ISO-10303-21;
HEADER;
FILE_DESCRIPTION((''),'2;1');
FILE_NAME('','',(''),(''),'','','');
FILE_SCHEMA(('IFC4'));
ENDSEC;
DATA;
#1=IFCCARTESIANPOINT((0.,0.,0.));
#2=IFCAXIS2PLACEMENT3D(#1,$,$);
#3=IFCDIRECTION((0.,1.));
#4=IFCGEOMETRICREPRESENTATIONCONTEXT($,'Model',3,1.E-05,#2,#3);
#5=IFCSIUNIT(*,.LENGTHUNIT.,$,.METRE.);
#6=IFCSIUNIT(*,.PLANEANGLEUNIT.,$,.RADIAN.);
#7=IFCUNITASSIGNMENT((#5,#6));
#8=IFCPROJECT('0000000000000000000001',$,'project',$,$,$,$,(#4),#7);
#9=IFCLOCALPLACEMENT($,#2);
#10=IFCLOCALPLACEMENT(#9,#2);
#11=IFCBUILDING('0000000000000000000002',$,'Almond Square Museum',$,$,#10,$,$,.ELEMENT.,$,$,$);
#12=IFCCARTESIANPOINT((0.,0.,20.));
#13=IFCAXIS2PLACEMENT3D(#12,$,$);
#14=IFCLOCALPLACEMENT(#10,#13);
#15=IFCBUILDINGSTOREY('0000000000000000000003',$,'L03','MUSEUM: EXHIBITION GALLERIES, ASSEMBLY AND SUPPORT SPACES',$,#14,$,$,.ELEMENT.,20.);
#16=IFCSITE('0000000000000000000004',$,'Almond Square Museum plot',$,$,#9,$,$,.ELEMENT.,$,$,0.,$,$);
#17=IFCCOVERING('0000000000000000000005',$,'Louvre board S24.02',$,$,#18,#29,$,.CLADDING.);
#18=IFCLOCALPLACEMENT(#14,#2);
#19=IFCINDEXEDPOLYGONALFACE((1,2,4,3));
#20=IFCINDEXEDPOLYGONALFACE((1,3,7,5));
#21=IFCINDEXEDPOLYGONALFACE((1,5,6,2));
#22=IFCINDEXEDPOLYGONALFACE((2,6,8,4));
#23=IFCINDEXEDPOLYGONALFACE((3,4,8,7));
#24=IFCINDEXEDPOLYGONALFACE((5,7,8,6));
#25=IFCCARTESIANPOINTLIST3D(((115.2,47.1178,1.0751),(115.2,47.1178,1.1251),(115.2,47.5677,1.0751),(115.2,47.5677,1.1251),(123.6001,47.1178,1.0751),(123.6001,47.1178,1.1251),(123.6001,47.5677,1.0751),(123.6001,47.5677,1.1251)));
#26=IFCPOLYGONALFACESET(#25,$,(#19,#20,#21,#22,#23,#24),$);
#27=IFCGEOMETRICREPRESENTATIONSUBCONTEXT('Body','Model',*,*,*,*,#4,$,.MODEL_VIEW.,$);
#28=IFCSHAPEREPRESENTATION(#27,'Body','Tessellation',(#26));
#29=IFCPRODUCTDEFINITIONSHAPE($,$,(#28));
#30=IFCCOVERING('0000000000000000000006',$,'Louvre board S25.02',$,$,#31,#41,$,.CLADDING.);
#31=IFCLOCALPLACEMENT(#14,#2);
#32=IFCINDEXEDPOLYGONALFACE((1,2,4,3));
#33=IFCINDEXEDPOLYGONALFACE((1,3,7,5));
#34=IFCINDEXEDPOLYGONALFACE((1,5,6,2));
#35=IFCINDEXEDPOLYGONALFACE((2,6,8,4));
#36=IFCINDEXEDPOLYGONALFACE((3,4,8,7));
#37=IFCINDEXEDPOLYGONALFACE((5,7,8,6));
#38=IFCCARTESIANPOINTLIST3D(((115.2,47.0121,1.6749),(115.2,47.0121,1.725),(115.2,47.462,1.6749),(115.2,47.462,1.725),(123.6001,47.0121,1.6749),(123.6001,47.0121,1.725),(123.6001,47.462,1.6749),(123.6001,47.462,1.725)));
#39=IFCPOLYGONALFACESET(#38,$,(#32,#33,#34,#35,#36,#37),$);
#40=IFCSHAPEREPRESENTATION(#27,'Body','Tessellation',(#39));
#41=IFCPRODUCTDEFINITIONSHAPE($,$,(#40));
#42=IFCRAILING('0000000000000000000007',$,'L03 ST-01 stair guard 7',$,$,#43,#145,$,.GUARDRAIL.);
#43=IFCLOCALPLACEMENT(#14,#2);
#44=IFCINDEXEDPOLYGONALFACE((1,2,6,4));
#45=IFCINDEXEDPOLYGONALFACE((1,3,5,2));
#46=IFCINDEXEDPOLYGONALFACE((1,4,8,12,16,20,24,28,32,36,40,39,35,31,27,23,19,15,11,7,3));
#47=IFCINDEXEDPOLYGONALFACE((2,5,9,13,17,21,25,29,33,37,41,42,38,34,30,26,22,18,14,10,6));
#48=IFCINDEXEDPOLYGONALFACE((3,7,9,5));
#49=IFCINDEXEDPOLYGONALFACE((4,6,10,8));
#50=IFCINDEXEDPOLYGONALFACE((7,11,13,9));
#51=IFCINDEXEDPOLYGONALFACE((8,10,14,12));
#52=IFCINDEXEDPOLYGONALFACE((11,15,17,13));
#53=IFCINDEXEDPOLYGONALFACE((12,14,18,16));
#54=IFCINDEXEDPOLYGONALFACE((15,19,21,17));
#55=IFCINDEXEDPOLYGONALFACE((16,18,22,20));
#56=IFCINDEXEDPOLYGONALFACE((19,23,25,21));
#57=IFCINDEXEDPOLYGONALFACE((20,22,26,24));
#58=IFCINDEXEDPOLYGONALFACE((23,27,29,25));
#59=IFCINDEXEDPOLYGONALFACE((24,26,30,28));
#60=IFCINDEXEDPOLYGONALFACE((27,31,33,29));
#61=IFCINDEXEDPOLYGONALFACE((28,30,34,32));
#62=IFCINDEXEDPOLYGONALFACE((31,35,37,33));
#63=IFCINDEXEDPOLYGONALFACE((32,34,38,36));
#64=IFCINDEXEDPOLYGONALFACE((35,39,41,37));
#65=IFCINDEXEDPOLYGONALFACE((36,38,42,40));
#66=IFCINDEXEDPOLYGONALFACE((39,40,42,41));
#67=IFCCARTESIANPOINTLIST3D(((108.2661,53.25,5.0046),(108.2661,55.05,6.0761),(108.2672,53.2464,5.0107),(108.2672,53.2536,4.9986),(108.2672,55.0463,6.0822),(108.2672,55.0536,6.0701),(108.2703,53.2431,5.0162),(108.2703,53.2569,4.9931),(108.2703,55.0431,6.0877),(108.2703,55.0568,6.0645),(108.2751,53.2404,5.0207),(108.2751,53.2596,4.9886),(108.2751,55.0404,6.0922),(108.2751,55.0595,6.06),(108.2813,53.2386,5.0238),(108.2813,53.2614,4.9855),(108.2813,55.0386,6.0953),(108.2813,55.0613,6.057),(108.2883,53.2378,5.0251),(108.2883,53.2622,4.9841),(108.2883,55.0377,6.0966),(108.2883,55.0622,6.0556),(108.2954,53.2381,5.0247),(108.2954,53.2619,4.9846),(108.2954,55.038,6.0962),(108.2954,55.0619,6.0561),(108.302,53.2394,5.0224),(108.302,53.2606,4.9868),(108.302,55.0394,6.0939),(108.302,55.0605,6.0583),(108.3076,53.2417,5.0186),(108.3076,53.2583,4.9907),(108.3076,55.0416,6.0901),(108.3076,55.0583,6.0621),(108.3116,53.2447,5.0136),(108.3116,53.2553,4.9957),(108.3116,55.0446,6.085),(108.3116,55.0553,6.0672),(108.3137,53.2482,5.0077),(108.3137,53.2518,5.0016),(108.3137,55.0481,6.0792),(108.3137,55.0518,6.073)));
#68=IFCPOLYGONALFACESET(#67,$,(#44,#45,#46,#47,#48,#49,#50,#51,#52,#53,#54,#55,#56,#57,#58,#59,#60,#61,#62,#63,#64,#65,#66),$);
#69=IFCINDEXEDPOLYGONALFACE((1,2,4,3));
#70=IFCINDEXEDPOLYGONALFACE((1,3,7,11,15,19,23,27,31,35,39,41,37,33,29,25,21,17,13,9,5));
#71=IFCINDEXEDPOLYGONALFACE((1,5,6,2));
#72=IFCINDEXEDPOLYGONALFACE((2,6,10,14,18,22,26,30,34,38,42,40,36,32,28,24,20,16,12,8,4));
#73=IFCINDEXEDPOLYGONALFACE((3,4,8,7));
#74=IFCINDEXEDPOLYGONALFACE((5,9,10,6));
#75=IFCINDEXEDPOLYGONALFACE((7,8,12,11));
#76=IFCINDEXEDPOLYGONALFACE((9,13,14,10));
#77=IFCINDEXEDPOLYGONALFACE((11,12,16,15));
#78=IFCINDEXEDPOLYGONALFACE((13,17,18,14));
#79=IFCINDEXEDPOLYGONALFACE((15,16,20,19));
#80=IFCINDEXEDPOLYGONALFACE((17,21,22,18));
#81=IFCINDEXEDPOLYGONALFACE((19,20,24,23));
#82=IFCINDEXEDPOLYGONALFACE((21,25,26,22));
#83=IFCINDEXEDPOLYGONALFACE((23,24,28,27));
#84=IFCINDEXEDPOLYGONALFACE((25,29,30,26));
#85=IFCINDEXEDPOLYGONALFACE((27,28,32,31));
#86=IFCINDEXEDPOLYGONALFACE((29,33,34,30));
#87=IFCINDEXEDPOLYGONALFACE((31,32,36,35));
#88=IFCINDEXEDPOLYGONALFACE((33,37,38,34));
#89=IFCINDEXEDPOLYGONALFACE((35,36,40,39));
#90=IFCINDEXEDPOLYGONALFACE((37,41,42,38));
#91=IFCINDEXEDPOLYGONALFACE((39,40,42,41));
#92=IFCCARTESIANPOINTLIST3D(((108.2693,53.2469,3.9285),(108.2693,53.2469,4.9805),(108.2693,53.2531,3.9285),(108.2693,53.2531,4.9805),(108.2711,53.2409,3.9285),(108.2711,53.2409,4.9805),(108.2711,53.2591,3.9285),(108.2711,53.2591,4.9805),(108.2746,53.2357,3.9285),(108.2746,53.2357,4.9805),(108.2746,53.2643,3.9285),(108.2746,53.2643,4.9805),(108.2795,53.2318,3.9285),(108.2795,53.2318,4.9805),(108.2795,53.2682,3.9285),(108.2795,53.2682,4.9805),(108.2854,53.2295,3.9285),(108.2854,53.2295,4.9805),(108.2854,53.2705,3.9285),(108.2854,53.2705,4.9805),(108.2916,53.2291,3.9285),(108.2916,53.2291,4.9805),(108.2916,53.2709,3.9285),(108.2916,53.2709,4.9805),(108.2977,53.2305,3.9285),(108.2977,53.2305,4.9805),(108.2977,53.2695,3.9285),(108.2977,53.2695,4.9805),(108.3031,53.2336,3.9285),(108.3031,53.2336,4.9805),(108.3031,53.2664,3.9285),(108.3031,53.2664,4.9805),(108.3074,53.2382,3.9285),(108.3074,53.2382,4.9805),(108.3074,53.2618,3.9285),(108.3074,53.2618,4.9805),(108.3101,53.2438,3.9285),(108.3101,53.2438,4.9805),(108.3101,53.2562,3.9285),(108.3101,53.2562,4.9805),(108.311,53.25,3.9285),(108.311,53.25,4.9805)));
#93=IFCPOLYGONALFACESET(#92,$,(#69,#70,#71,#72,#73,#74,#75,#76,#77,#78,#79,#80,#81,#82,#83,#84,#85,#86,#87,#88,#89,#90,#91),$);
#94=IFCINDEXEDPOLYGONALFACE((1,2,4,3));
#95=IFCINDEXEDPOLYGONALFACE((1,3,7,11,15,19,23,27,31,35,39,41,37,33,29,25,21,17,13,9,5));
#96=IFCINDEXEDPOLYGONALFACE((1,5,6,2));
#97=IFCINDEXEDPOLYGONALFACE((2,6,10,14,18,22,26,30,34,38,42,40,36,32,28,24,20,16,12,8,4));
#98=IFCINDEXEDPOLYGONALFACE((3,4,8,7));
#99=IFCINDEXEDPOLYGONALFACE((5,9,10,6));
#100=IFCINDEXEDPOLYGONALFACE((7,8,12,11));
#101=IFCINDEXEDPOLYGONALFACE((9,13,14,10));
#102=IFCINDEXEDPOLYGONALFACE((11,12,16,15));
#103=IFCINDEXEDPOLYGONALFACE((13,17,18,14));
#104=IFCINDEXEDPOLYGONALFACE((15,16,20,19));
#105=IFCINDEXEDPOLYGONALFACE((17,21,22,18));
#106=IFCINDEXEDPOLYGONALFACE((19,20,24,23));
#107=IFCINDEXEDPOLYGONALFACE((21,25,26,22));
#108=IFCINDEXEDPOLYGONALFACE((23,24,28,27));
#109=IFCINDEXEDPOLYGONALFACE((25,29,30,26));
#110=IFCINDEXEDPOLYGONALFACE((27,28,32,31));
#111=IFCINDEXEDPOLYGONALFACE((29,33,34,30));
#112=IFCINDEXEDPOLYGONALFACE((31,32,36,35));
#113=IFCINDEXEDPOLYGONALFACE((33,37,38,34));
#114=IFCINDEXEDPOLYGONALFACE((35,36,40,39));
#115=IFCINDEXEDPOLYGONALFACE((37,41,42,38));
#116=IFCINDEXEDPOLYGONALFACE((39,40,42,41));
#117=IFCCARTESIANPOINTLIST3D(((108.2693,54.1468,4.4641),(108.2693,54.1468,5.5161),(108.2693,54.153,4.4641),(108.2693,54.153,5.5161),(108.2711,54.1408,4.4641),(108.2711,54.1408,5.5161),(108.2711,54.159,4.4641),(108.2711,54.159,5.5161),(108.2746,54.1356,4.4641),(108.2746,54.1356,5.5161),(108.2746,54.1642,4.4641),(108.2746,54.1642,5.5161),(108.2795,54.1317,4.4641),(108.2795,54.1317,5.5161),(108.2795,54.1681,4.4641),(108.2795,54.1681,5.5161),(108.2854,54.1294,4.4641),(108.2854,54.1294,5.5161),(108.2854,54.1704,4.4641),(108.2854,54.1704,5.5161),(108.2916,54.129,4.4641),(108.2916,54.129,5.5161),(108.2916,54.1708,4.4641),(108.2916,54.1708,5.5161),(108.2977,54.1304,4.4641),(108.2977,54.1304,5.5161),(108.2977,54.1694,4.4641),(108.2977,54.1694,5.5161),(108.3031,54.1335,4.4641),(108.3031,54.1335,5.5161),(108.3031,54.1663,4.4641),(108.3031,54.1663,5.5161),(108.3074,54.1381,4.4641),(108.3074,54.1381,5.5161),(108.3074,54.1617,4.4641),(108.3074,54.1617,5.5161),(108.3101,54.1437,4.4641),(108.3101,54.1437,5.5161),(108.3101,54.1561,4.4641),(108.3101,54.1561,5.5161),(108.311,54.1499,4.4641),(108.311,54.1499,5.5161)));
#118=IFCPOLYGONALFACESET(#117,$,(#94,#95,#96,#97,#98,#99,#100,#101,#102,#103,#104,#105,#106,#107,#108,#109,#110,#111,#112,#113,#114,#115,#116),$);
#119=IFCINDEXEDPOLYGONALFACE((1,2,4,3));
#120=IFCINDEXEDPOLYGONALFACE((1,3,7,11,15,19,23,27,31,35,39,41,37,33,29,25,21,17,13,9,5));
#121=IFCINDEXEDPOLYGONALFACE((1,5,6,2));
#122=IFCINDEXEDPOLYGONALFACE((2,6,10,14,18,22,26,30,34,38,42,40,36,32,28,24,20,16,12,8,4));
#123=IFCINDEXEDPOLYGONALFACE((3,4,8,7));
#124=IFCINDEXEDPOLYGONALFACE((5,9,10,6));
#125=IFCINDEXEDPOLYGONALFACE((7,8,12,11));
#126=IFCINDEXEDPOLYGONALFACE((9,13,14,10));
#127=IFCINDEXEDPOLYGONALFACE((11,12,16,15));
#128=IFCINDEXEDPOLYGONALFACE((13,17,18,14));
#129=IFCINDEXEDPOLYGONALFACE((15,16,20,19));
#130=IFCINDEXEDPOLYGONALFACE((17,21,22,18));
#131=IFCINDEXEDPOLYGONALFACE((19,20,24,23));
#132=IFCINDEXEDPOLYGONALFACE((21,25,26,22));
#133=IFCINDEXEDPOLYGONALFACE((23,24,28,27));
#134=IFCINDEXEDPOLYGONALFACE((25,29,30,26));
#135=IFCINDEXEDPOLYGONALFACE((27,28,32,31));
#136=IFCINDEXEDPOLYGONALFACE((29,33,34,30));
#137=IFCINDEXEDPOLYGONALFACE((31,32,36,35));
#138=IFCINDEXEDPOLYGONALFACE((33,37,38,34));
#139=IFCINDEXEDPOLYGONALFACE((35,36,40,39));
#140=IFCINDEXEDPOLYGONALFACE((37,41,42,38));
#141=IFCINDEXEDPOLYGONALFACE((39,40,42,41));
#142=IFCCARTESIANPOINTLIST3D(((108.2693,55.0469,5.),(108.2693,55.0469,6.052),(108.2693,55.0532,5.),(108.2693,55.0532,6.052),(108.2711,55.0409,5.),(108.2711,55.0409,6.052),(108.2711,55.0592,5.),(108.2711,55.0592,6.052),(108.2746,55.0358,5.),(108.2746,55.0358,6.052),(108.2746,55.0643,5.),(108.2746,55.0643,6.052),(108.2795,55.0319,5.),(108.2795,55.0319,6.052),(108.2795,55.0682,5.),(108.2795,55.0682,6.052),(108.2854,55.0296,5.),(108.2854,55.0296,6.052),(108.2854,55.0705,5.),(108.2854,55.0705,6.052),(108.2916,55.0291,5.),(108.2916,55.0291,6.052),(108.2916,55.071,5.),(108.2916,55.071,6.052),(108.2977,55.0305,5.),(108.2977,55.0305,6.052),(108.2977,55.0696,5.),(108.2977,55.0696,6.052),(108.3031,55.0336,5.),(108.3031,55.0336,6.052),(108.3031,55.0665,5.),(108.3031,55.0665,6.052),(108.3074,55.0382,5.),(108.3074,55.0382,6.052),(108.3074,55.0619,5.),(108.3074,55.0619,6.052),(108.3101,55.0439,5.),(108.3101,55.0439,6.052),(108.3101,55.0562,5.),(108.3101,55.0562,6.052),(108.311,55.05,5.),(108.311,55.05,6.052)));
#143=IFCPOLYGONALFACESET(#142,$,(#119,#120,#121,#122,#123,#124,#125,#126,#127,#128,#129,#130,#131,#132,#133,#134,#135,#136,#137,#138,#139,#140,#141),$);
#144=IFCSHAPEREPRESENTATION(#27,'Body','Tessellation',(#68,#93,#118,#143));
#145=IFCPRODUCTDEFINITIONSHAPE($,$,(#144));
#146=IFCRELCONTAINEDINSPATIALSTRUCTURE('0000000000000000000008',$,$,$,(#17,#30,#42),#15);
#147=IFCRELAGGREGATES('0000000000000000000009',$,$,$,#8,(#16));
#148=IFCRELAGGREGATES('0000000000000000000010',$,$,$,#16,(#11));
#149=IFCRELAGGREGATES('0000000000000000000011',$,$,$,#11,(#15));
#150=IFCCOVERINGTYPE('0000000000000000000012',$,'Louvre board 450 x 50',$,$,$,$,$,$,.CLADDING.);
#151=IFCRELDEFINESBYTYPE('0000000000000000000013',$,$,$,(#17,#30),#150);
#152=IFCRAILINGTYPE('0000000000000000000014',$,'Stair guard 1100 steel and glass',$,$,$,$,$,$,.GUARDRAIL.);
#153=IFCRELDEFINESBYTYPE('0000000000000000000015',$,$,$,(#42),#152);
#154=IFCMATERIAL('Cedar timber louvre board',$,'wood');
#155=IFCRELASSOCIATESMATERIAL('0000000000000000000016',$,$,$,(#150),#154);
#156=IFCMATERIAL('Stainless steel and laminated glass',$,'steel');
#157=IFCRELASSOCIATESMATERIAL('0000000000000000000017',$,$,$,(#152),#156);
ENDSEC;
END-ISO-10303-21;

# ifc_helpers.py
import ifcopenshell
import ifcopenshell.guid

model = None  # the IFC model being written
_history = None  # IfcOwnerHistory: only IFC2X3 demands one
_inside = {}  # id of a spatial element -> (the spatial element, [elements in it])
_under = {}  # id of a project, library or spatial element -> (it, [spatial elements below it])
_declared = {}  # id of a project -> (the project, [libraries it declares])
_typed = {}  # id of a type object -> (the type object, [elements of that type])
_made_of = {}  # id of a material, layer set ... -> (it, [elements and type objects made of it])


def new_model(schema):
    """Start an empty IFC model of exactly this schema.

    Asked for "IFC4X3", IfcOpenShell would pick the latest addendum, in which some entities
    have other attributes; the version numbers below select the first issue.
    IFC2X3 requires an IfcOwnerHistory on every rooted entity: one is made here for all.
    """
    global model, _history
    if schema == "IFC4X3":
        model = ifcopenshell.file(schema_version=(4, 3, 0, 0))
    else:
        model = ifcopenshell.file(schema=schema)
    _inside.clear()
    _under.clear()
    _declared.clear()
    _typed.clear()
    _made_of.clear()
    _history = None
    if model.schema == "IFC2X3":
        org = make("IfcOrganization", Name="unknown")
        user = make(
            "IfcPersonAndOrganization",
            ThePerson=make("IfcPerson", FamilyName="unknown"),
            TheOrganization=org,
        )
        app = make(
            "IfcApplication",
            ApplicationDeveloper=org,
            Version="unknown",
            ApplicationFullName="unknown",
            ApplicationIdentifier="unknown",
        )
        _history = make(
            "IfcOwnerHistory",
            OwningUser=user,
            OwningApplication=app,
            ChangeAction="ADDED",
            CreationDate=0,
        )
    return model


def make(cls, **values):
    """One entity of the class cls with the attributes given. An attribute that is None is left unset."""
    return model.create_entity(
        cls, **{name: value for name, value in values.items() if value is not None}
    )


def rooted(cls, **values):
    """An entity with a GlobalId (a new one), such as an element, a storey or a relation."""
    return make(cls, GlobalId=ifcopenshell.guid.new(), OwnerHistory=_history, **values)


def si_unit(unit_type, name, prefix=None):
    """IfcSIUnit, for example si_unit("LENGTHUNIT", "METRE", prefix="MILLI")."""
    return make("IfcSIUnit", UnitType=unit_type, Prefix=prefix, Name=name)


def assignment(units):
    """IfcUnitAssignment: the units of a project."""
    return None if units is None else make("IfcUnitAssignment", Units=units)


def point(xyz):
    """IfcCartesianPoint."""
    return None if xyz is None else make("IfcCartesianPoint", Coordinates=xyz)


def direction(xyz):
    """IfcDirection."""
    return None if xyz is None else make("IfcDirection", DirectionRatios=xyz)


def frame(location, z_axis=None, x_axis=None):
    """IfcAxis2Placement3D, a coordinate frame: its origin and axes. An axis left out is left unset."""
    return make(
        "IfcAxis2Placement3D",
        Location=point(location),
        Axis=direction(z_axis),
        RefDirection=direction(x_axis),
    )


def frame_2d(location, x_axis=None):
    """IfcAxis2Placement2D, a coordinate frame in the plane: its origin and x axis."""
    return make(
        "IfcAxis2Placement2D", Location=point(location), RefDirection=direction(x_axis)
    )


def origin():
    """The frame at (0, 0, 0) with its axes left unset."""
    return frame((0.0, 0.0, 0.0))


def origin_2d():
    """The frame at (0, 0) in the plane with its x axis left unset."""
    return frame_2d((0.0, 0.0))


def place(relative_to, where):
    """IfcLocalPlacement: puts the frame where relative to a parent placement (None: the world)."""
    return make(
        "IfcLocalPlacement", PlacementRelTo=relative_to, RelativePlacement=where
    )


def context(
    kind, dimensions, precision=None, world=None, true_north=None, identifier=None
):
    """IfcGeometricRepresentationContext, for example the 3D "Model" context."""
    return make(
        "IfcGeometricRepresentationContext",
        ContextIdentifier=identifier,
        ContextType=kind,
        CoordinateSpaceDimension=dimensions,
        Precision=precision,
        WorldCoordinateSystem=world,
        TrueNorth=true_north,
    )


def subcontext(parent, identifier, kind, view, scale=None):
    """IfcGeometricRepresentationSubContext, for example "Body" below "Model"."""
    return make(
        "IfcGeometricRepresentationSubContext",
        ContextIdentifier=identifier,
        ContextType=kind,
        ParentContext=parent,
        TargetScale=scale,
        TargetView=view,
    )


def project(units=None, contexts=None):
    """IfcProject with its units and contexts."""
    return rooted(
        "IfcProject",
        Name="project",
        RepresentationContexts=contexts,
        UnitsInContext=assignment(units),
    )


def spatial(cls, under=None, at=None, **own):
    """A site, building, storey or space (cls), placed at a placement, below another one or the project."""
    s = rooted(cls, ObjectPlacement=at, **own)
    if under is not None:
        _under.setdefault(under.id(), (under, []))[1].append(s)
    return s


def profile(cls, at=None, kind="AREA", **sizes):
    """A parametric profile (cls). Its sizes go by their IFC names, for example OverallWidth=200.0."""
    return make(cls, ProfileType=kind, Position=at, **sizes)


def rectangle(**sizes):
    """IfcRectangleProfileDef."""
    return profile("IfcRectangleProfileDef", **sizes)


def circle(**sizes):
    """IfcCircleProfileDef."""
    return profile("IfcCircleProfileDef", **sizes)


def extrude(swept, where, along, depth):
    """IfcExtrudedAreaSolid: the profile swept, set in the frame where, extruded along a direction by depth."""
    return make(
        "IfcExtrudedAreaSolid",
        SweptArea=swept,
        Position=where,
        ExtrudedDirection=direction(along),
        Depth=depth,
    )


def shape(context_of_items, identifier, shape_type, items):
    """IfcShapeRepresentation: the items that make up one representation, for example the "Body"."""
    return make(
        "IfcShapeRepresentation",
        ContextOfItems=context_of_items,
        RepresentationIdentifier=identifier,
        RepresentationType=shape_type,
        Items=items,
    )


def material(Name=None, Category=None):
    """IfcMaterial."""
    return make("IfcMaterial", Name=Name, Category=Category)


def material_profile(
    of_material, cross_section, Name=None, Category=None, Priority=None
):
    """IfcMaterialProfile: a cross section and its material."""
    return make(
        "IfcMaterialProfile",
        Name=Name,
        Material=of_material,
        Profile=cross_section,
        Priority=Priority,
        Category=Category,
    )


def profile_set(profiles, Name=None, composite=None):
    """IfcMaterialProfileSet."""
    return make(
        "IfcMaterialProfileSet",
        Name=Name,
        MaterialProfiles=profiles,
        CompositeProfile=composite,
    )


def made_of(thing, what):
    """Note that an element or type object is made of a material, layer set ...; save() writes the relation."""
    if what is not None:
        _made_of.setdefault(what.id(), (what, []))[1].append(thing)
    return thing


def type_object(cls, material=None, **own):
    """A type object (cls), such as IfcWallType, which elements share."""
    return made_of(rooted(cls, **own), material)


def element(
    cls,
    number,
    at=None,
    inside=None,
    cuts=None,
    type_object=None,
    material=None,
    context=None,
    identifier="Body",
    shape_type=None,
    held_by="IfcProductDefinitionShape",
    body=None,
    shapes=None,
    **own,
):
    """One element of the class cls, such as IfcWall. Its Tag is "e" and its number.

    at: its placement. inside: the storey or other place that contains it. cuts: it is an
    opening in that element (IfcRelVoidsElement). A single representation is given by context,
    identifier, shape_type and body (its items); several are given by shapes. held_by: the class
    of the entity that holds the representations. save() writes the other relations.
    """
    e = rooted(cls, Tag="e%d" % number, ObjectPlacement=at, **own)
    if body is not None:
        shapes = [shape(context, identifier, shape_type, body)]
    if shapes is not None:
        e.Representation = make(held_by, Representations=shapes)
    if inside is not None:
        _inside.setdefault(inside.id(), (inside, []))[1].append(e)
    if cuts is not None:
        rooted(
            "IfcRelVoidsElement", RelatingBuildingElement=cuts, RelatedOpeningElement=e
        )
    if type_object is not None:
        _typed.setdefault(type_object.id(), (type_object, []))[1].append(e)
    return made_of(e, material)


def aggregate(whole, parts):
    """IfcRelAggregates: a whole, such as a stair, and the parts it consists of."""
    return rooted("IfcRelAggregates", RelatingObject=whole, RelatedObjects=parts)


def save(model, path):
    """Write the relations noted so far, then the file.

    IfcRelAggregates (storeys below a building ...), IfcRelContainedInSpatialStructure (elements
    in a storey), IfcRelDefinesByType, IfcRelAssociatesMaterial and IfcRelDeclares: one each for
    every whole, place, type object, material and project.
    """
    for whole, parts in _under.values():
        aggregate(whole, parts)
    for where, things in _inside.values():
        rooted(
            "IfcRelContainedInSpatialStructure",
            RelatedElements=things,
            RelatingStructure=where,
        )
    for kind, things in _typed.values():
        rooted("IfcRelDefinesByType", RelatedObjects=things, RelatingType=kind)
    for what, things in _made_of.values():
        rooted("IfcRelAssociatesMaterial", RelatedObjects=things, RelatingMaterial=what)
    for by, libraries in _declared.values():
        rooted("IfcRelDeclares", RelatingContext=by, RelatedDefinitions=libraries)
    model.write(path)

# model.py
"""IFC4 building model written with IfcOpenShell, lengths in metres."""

from ifc_helpers import new_model, si_unit, direction, frame, origin, origin_2d, place, context, subcontext, project, spatial, rectangle, circle, extrude, material, material_profile, profile_set, type_object, element, save


model = new_model("IFC4")

# Units and contexts
model_context = context("Model", 3, precision=1e-05, world=origin(), true_north=direction((0.0, 1.0)))
body_context = subcontext(model_context, "Body", "Model", "MODEL_VIEW")
ifc_project = project(units=[si_unit("LENGTHUNIT", "METRE"), si_unit("PLANEANGLEUNIT", "RADIAN")], contexts=[model_context])

# Site, building, storey
site_placement = place(None, origin())
site = spatial("IfcSite", under=ifc_project, at=site_placement, Name="Almond Square Museum plot", CompositionType="ELEMENT", RefElevation=0.0)
building_placement = place(site_placement, origin())
building = spatial("IfcBuilding", under=site, at=building_placement, Name="Almond Square Museum", CompositionType="ELEMENT")
storey_placement = place(building_placement, frame((0.0, 0.0, 20.0)))
storey = spatial("IfcBuildingStorey", under=building, at=storey_placement, Name="L03", Description="MUSEUM: EXHIBITION GALLERIES, ASSEMBLY AND SUPPORT SPACES", CompositionType="ELEMENT", Elevation=20.0)

# Coverings
ifc_material_1 = material(Name="Cedar timber louvre board", Category="wood")
ifc_material_profile_1 = material_profile(ifc_material_1, rectangle(XDim=0.45, YDim=0.05, at=origin_2d()))
ifc_profile_set_1 = profile_set([ifc_material_profile_1], Name="Cedar timber louvre board")
covering_type = type_object("IfcCoveringType", Name="Louvre board 450 x 50", PredefinedType="CLADDING", material=ifc_profile_set_1)
for number, where, z_axis, x_axis, name in (
    (1, (115.2, 47.3428, 1.1001), (1.0, 0.0, 0.0), (0.0, 1.0, 0.0), "Louvre board S24.02"),
    (2, (115.2, 47.2371, 1.7), (1.0, 0.0, 0.0), (0.0, 1.0, 0.0), "Louvre board S25.02"),
):
    element("IfcCovering", number, at=place(storey_placement, frame(where, z_axis=z_axis, x_axis=x_axis)), inside=storey, type_object=covering_type, Name=name, PredefinedType="CLADDING", context=body_context, shape_type="SweptSolid", body=[
        extrude(rectangle(XDim=0.45, YDim=0.05, at=origin_2d()), origin(), (0.0, 0.0, 1.0), 8.4001),
    ])

# Railing
ifc_material_2 = material(Name="Stainless steel and laminated glass", Category="steel")
railing_type_1 = type_object("IfcRailingType", Name="Stair guard 1100 steel and glass", PredefinedType="GUARDRAIL", material=ifc_material_2)
railing_1_placement = place(storey_placement, frame((108.29, 53.25, 3.9285)))
element("IfcRailing", 3, at=railing_1_placement, inside=storey, type_object=railing_type_1, Name="L03 ST-01 stair guard 7", PredefinedType="GUARDRAIL", context=body_context, shape_type="SweptSolid", body=[
    extrude(circle(Radius=0.0239, at=origin_2d()), frame((0.0, 0.0, 1.0762), z_axis=(0.0, 0.859277, 0.51151), x_axis=(-1.0, 0.0, 0.0)), (0.0, 0.0, 1.0), 2.0947),
    extrude(circle(Radius=0.021, at=origin_2d()), origin(), (0.0, 0.0, 1.0), 1.052),
    extrude(circle(Radius=0.021, at=origin_2d()), frame((0.0, 0.8999, 0.5356)), (0.0, 0.0, 1.0), 1.052),
    extrude(circle(Radius=0.021, at=origin_2d()), frame((0.0, 1.8, 1.0715)), (0.0, 0.0, 1.0), 1.052),
])

save(model, "model.ifc")
